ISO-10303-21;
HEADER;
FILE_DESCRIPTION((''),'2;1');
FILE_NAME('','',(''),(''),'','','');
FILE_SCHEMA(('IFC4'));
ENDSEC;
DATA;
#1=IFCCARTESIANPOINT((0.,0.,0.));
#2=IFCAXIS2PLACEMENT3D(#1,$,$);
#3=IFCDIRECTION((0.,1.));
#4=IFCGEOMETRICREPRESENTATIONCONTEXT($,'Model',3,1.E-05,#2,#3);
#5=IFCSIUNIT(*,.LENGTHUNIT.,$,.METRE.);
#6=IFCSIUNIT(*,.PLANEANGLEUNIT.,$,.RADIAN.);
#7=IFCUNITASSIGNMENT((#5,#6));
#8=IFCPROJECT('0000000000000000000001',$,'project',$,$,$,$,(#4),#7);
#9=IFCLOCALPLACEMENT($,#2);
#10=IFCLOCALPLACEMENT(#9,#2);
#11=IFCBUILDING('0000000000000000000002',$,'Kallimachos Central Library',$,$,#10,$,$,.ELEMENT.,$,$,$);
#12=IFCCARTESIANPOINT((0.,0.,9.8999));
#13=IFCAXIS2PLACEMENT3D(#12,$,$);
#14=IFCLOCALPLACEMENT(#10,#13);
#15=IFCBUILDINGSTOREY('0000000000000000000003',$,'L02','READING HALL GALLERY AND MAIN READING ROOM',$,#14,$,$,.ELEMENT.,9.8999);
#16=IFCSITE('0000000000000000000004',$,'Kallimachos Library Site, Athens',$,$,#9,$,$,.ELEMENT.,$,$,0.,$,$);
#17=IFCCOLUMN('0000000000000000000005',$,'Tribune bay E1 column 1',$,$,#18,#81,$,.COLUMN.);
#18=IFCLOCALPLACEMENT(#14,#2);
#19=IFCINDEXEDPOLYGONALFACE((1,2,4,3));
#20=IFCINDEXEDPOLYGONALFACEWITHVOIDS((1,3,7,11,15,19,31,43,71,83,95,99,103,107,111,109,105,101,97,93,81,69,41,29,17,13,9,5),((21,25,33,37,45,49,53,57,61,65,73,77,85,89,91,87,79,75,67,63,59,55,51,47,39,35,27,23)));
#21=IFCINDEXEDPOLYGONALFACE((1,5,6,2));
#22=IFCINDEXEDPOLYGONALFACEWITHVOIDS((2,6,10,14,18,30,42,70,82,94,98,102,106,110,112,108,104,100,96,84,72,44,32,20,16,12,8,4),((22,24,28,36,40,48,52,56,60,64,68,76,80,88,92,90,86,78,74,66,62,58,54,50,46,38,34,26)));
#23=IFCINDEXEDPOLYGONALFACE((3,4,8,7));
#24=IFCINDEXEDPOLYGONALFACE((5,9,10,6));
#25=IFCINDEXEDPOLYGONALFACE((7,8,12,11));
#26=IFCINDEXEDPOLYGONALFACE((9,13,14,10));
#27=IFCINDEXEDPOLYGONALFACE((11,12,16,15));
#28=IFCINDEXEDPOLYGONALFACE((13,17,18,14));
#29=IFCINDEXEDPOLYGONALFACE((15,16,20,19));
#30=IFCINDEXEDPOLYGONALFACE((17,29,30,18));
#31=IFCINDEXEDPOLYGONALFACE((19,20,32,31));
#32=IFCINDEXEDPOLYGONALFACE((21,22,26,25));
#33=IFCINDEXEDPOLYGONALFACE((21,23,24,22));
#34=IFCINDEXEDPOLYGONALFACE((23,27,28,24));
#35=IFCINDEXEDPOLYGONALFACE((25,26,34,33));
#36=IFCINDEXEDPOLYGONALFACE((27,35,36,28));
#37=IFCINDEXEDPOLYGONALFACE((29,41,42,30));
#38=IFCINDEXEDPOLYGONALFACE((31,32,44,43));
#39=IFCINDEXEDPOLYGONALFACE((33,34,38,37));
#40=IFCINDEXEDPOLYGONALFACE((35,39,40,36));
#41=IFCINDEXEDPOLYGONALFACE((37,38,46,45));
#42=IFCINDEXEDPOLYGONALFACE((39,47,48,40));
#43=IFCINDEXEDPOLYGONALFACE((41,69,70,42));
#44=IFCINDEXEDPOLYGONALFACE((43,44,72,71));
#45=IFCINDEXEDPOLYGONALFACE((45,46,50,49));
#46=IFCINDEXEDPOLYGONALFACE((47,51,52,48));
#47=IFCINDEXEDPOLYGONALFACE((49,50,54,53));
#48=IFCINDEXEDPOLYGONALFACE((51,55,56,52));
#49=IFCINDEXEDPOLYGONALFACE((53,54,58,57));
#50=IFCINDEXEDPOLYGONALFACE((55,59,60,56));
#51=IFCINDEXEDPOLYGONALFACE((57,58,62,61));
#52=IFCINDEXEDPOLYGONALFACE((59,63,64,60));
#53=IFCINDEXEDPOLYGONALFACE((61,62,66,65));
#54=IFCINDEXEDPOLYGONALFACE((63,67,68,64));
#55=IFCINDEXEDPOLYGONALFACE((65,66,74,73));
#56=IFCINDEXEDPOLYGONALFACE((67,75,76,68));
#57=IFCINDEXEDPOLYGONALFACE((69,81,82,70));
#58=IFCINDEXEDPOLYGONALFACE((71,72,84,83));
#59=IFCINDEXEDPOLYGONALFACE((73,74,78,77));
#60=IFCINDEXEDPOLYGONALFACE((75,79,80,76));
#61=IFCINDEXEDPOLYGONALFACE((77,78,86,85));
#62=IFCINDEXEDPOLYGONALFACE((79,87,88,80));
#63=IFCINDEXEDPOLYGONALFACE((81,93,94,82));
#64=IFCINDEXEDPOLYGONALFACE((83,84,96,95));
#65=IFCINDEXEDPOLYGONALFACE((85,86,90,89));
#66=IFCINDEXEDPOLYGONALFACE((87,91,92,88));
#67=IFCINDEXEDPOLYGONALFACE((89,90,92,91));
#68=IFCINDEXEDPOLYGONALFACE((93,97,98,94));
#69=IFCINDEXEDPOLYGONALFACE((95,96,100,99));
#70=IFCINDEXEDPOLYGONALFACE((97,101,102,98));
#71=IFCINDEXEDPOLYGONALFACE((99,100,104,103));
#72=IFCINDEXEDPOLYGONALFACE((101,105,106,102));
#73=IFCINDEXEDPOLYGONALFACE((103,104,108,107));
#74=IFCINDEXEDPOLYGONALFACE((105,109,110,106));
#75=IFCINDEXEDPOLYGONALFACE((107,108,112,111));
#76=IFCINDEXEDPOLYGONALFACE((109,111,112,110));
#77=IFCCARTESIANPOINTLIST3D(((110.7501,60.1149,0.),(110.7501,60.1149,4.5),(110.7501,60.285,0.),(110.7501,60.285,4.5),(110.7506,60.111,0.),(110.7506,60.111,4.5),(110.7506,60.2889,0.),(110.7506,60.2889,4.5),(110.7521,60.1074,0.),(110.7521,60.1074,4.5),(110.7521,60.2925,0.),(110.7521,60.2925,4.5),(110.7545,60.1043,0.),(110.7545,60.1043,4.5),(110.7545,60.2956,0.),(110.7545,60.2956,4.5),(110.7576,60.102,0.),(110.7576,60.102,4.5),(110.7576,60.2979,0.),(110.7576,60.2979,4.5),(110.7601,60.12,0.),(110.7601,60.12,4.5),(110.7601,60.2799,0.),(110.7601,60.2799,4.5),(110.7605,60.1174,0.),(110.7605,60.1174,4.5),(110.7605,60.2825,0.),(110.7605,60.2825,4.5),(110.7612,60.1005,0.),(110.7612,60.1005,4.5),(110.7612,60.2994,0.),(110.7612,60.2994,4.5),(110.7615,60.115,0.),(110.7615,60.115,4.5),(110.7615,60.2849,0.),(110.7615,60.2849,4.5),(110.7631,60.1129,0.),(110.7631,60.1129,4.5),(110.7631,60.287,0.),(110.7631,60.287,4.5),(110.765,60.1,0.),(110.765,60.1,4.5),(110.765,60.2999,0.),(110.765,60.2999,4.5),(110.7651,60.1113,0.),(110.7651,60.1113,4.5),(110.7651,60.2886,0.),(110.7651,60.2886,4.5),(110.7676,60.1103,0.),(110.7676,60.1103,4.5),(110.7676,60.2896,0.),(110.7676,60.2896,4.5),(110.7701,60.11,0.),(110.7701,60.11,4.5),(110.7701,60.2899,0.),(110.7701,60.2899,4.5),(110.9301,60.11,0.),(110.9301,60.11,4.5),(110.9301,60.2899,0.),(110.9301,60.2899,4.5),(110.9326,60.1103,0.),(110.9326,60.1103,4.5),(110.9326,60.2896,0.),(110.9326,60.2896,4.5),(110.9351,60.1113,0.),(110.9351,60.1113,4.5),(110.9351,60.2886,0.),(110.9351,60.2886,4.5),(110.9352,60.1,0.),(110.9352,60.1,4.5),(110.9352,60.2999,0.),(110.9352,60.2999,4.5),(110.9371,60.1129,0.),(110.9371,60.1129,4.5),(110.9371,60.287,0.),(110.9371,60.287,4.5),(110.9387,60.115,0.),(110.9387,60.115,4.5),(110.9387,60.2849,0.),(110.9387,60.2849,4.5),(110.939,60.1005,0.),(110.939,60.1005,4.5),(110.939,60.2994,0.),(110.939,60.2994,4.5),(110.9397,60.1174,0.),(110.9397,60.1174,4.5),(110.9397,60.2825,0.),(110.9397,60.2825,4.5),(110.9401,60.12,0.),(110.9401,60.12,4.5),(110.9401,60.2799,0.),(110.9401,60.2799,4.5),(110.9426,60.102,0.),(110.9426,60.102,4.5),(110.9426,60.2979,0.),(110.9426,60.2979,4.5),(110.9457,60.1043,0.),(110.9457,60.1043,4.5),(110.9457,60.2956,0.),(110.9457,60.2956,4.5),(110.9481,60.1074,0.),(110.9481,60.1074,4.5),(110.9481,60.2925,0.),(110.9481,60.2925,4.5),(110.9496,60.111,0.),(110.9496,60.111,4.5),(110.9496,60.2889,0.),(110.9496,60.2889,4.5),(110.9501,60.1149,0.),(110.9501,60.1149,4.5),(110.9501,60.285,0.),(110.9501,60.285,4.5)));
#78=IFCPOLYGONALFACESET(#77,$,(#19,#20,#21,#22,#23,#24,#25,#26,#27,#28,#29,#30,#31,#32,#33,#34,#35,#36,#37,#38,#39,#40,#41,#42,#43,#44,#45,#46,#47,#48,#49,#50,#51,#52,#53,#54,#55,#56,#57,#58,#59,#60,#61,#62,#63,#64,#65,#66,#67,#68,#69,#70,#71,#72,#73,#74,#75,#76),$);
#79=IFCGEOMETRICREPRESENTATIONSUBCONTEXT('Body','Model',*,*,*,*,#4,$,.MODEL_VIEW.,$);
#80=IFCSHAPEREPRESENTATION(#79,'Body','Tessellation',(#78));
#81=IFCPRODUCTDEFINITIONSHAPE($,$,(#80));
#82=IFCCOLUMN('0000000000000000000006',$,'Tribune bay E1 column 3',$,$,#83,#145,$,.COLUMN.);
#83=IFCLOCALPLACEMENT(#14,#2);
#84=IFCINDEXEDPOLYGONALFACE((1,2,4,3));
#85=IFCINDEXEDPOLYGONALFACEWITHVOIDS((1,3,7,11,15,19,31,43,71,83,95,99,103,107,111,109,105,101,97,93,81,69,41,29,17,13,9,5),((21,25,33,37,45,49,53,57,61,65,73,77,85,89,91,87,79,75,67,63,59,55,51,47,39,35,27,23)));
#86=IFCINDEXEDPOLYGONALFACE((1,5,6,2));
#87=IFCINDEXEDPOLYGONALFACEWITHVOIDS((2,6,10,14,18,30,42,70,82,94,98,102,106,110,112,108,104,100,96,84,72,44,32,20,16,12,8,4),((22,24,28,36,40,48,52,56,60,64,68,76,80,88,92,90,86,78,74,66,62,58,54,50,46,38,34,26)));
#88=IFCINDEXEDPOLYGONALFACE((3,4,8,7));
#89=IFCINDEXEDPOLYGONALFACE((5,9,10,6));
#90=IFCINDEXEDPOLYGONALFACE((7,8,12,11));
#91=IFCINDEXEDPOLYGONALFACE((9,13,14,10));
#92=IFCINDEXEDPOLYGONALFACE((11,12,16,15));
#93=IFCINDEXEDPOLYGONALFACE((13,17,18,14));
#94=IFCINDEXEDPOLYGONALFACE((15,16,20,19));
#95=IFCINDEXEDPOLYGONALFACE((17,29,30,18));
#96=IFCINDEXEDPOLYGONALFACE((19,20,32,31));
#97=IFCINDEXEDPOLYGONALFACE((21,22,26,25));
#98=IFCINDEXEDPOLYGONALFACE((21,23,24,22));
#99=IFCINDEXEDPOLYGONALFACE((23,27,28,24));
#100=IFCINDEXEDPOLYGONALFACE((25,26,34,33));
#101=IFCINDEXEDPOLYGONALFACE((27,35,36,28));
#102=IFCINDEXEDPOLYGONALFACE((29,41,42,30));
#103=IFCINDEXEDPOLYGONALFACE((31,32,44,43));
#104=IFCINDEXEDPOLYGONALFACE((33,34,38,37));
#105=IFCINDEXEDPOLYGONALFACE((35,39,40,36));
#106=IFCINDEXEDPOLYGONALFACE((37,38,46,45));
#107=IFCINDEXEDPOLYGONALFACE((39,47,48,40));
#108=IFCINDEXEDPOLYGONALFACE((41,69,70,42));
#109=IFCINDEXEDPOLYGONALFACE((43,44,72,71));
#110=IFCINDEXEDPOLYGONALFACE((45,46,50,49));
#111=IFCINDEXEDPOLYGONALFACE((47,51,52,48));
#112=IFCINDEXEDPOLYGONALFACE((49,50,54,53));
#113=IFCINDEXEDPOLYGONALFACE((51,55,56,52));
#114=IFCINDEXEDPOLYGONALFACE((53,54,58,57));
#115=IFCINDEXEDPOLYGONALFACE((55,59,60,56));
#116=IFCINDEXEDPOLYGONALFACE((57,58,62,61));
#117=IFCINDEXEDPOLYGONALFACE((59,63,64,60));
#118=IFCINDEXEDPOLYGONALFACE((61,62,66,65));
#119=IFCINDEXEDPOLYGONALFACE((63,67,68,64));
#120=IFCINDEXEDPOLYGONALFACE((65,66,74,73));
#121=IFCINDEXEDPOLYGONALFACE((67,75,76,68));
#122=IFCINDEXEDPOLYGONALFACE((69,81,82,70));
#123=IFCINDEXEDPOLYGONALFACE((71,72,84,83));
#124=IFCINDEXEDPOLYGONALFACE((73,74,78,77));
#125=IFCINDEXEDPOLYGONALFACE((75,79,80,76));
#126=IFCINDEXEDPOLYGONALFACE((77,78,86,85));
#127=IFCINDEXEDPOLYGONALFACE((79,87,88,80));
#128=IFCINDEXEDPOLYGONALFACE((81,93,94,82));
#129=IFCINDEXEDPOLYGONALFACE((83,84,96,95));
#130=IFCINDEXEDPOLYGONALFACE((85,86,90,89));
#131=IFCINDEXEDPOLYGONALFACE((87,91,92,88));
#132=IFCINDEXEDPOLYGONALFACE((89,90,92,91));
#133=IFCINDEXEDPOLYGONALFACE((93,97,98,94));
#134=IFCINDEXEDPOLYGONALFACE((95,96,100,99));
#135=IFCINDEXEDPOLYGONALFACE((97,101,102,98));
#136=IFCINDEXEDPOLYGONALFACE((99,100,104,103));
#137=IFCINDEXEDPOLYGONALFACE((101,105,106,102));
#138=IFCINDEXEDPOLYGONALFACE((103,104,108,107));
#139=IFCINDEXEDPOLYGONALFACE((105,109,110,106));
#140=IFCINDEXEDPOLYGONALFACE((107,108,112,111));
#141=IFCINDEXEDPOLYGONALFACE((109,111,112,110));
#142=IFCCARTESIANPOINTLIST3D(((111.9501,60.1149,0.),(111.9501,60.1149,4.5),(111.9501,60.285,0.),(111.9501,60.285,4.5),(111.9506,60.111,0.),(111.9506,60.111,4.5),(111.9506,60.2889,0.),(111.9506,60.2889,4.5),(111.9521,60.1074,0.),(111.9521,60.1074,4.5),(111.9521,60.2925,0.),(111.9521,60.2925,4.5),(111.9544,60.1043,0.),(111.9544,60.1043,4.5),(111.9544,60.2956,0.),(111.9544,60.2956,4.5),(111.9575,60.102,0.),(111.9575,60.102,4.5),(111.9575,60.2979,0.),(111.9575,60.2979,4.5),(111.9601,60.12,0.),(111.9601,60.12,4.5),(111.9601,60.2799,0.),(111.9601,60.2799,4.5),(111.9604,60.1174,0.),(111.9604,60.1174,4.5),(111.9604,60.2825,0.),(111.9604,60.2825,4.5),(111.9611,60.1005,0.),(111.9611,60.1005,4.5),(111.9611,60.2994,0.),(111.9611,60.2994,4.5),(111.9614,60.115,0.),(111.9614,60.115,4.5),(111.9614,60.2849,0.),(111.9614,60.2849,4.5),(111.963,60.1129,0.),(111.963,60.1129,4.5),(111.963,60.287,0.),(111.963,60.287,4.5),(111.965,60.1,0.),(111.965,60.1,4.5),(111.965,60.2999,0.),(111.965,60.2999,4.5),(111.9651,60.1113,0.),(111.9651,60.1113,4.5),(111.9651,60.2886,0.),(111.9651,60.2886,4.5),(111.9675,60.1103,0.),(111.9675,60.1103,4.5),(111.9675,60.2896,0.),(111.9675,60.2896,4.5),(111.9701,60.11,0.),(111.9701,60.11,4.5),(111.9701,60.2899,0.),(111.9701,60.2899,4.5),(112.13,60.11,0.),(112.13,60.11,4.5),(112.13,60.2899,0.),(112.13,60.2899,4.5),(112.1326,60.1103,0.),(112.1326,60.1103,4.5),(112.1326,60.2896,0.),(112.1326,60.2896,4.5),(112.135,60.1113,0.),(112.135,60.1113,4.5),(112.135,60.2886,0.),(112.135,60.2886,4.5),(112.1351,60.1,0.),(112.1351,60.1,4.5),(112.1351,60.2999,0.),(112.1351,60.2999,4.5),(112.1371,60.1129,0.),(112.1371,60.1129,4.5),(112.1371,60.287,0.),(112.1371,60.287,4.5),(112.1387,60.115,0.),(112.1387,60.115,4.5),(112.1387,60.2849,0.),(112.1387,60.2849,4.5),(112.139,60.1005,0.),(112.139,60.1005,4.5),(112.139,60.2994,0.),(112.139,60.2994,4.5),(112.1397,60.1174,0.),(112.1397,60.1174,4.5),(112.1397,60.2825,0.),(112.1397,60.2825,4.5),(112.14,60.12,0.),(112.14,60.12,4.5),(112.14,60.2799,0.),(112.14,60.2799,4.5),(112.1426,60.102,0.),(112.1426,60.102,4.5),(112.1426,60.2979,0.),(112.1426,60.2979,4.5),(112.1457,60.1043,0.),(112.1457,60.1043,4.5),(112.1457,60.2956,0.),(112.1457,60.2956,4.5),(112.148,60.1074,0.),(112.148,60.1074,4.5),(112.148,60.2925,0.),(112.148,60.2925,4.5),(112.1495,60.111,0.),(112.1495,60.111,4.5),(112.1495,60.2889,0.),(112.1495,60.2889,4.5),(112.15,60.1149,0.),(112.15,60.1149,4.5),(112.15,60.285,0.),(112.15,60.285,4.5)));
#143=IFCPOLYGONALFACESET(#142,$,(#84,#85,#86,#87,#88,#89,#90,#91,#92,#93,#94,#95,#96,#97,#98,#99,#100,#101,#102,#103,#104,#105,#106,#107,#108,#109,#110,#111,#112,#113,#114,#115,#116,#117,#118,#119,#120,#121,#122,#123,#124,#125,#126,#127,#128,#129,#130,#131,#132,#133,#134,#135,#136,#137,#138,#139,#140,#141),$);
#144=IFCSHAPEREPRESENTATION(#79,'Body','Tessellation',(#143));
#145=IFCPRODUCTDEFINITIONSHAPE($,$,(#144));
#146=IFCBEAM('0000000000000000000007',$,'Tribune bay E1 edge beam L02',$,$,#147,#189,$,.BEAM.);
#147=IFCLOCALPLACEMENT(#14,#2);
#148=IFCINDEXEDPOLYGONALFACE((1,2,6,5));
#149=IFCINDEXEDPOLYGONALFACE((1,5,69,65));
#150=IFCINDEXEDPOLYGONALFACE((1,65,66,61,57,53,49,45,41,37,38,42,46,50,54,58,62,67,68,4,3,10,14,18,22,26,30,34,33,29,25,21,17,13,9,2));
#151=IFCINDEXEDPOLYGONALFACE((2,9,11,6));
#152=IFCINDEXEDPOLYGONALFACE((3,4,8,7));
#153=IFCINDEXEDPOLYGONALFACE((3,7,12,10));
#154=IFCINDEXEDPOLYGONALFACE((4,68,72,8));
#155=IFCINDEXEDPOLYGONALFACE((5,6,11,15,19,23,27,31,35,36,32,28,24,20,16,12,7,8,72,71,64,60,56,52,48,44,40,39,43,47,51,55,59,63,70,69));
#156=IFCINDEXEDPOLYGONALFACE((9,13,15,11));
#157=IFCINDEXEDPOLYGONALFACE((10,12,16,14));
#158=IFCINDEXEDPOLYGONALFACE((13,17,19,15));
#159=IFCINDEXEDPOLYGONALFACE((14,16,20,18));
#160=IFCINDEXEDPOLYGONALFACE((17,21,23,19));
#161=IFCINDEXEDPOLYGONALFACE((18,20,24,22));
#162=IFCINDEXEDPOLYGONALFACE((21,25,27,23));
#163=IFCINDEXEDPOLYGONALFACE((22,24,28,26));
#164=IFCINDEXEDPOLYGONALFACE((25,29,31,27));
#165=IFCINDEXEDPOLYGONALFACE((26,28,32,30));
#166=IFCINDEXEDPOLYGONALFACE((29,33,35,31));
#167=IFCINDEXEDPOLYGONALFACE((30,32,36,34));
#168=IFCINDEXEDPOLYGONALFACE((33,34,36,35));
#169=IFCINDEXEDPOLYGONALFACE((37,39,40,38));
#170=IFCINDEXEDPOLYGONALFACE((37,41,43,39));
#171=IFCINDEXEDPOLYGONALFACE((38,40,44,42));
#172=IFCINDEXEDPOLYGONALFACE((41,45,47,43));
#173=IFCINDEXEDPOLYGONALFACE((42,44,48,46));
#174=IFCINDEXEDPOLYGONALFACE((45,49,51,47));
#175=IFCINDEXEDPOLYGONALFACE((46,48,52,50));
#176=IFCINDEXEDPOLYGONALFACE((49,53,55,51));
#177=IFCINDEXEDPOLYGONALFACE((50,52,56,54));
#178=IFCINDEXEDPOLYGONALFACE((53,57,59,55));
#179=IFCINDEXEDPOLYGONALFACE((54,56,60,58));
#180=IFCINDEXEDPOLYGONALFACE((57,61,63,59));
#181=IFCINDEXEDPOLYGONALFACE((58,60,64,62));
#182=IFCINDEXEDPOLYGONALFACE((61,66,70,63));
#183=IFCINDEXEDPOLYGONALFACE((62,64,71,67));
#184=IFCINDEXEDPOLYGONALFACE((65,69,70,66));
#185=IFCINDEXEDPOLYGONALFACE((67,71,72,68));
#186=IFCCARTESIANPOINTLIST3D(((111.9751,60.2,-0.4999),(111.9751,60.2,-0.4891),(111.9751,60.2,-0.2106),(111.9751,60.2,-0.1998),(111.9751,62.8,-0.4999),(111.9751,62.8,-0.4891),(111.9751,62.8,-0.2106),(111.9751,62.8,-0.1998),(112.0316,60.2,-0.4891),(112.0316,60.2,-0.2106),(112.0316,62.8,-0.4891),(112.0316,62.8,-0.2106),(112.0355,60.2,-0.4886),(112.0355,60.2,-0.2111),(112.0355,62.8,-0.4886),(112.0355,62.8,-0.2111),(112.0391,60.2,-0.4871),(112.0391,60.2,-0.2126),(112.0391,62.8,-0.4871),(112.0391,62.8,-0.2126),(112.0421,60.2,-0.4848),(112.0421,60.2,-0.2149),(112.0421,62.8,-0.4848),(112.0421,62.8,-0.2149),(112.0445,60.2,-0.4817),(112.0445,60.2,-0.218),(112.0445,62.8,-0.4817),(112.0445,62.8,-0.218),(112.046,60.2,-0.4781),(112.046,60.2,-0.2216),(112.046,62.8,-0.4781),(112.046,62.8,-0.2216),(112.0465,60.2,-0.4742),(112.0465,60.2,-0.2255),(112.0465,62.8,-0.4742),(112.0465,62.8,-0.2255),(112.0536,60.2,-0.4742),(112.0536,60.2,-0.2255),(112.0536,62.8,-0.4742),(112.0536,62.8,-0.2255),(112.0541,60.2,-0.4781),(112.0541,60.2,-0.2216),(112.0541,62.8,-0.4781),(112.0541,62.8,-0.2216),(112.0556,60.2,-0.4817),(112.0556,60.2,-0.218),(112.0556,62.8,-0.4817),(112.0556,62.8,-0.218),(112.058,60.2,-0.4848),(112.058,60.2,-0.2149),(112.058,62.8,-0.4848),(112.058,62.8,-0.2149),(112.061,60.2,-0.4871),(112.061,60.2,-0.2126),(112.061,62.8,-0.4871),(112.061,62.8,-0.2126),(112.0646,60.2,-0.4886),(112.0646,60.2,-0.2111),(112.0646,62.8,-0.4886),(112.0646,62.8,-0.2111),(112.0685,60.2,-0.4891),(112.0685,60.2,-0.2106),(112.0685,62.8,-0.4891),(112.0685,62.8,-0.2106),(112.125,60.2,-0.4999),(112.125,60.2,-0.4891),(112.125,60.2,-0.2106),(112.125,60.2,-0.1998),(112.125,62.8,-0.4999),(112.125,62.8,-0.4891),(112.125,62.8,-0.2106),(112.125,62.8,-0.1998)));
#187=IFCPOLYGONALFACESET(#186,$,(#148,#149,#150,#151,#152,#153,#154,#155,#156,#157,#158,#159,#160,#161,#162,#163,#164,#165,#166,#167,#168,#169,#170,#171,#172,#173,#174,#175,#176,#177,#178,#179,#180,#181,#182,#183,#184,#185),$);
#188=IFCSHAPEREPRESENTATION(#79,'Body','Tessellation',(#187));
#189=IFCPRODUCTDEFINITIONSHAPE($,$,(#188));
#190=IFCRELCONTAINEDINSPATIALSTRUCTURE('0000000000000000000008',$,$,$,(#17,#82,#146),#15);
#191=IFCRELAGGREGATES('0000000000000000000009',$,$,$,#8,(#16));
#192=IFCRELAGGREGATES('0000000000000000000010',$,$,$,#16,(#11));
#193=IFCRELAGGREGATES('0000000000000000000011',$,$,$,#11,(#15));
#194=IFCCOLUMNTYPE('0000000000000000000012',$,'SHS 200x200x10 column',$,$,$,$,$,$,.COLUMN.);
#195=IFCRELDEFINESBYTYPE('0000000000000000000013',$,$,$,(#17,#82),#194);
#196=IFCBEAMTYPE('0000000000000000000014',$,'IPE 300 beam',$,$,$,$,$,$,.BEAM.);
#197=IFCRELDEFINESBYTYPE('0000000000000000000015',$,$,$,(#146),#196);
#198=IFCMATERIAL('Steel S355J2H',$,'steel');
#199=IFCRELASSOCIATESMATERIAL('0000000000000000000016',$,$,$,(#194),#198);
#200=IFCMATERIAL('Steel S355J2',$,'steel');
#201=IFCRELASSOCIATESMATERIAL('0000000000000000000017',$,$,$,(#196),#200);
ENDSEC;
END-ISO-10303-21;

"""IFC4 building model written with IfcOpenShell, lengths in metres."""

from ifc_helpers import new_model, si_unit, direction, frame, origin, origin_2d, place, context, subcontext, project, spatial, hollow_rectangle, i_section, extrude, material, material_profile, profile_set, type_object, element, save


model = new_model("IFC4")

# Units and contexts
model_context = context("Model", 3, precision=1e-05, world=origin(), true_north=direction((0.0, 1.0)))
body_context = subcontext(model_context, "Body", "Model", "MODEL_VIEW")
ifc_project = project(units=[si_unit("LENGTHUNIT", "METRE"), si_unit("PLANEANGLEUNIT", "RADIAN")], contexts=[model_context])

# Site, building, storey
site_placement = place(None, origin())
site = spatial("IfcSite", under=ifc_project, at=site_placement, Name="Kallimachos Library Site, Athens", CompositionType="ELEMENT", RefElevation=0.0)
building_placement = place(site_placement, origin())
building = spatial("IfcBuilding", under=site, at=building_placement, Name="Kallimachos Central Library", CompositionType="ELEMENT")
storey_placement = place(building_placement, frame((0.0, 0.0, 9.8999)))
storey = spatial("IfcBuildingStorey", under=building, at=storey_placement, Name="L02", Description="READING HALL GALLERY AND MAIN READING ROOM", CompositionType="ELEMENT", Elevation=9.8999)

# Columns
ifc_material_1 = material(Name="Steel S355J2H", Category="steel")
ifc_material_profile_1 = material_profile(ifc_material_1, hollow_rectangle(XDim=0.2, YDim=0.2, WallThickness=0.01, InnerFilletRadius=0.01, OuterFilletRadius=0.0149, at=origin_2d()), Name="SHS 200x200x10")
ifc_profile_set_1 = profile_set([ifc_material_profile_1], Name="Steel S355J2H")
column_type = type_object("IfcColumnType", Name="SHS 200x200x10 column", PredefinedType="COLUMN", material=ifc_profile_set_1)
for number, where, z_axis, x_axis, name in (
    (1, (110.8501, 60.2, 0.0), (0.0, 0.0, 1.0), (1.0, 0.0, 0.0), "Tribune bay E1 column 1"),
    (2, (112.05, 60.2, 0.0), (0.0, 0.0, 1.0), (1.0, 0.0, 0.0), "Tribune bay E1 column 3"),
):
    element("IfcColumn", number, at=place(storey_placement, frame(where, z_axis=z_axis, x_axis=x_axis)), inside=storey, type_object=column_type, Name=name, PredefinedType="COLUMN", context=body_context, shape_type="SweptSolid", body=[
        extrude(hollow_rectangle(XDim=0.2, YDim=0.2, WallThickness=0.01, InnerFilletRadius=0.01, OuterFilletRadius=0.0149, at=origin_2d()), origin(), (0.0, 0.0, 1.0), 4.5),
    ])

# Beam
ifc_material_2 = material(Name="Steel S355J2", Category="steel")
ifc_material_profile_2 = material_profile(ifc_material_2, i_section(OverallWidth=0.1499, OverallDepth=0.3, WebThickness=0.0071, FlangeThickness=0.0107, FilletRadius=0.0149, at=origin_2d()), Name="IPE 300")
ifc_profile_set_2 = profile_set([ifc_material_profile_2], Name="Steel S355J2")
beam_type = type_object("IfcBeamType", Name="IPE 300 beam", PredefinedType="BEAM", material=ifc_profile_set_2)
beam_placement = place(storey_placement, frame((112.05, 60.2, -0.3499), z_axis=(0.0, 1.0, 0.0), x_axis=(-1.0, 0.0, 0.0)))
element("IfcBeam", 3, at=beam_placement, inside=storey, type_object=beam_type, Name="Tribune bay E1 edge beam L02", PredefinedType="BEAM", context=body_context, shape_type="SweptSolid", body=[
    extrude(i_section(OverallWidth=0.1499, OverallDepth=0.3, WebThickness=0.0071, FlangeThickness=0.0107, FilletRadius=0.0149, at=origin_2d()), origin(), (0.0, 0.0, 1.0), 2.6001),
])

save(model, "model.ifc")
